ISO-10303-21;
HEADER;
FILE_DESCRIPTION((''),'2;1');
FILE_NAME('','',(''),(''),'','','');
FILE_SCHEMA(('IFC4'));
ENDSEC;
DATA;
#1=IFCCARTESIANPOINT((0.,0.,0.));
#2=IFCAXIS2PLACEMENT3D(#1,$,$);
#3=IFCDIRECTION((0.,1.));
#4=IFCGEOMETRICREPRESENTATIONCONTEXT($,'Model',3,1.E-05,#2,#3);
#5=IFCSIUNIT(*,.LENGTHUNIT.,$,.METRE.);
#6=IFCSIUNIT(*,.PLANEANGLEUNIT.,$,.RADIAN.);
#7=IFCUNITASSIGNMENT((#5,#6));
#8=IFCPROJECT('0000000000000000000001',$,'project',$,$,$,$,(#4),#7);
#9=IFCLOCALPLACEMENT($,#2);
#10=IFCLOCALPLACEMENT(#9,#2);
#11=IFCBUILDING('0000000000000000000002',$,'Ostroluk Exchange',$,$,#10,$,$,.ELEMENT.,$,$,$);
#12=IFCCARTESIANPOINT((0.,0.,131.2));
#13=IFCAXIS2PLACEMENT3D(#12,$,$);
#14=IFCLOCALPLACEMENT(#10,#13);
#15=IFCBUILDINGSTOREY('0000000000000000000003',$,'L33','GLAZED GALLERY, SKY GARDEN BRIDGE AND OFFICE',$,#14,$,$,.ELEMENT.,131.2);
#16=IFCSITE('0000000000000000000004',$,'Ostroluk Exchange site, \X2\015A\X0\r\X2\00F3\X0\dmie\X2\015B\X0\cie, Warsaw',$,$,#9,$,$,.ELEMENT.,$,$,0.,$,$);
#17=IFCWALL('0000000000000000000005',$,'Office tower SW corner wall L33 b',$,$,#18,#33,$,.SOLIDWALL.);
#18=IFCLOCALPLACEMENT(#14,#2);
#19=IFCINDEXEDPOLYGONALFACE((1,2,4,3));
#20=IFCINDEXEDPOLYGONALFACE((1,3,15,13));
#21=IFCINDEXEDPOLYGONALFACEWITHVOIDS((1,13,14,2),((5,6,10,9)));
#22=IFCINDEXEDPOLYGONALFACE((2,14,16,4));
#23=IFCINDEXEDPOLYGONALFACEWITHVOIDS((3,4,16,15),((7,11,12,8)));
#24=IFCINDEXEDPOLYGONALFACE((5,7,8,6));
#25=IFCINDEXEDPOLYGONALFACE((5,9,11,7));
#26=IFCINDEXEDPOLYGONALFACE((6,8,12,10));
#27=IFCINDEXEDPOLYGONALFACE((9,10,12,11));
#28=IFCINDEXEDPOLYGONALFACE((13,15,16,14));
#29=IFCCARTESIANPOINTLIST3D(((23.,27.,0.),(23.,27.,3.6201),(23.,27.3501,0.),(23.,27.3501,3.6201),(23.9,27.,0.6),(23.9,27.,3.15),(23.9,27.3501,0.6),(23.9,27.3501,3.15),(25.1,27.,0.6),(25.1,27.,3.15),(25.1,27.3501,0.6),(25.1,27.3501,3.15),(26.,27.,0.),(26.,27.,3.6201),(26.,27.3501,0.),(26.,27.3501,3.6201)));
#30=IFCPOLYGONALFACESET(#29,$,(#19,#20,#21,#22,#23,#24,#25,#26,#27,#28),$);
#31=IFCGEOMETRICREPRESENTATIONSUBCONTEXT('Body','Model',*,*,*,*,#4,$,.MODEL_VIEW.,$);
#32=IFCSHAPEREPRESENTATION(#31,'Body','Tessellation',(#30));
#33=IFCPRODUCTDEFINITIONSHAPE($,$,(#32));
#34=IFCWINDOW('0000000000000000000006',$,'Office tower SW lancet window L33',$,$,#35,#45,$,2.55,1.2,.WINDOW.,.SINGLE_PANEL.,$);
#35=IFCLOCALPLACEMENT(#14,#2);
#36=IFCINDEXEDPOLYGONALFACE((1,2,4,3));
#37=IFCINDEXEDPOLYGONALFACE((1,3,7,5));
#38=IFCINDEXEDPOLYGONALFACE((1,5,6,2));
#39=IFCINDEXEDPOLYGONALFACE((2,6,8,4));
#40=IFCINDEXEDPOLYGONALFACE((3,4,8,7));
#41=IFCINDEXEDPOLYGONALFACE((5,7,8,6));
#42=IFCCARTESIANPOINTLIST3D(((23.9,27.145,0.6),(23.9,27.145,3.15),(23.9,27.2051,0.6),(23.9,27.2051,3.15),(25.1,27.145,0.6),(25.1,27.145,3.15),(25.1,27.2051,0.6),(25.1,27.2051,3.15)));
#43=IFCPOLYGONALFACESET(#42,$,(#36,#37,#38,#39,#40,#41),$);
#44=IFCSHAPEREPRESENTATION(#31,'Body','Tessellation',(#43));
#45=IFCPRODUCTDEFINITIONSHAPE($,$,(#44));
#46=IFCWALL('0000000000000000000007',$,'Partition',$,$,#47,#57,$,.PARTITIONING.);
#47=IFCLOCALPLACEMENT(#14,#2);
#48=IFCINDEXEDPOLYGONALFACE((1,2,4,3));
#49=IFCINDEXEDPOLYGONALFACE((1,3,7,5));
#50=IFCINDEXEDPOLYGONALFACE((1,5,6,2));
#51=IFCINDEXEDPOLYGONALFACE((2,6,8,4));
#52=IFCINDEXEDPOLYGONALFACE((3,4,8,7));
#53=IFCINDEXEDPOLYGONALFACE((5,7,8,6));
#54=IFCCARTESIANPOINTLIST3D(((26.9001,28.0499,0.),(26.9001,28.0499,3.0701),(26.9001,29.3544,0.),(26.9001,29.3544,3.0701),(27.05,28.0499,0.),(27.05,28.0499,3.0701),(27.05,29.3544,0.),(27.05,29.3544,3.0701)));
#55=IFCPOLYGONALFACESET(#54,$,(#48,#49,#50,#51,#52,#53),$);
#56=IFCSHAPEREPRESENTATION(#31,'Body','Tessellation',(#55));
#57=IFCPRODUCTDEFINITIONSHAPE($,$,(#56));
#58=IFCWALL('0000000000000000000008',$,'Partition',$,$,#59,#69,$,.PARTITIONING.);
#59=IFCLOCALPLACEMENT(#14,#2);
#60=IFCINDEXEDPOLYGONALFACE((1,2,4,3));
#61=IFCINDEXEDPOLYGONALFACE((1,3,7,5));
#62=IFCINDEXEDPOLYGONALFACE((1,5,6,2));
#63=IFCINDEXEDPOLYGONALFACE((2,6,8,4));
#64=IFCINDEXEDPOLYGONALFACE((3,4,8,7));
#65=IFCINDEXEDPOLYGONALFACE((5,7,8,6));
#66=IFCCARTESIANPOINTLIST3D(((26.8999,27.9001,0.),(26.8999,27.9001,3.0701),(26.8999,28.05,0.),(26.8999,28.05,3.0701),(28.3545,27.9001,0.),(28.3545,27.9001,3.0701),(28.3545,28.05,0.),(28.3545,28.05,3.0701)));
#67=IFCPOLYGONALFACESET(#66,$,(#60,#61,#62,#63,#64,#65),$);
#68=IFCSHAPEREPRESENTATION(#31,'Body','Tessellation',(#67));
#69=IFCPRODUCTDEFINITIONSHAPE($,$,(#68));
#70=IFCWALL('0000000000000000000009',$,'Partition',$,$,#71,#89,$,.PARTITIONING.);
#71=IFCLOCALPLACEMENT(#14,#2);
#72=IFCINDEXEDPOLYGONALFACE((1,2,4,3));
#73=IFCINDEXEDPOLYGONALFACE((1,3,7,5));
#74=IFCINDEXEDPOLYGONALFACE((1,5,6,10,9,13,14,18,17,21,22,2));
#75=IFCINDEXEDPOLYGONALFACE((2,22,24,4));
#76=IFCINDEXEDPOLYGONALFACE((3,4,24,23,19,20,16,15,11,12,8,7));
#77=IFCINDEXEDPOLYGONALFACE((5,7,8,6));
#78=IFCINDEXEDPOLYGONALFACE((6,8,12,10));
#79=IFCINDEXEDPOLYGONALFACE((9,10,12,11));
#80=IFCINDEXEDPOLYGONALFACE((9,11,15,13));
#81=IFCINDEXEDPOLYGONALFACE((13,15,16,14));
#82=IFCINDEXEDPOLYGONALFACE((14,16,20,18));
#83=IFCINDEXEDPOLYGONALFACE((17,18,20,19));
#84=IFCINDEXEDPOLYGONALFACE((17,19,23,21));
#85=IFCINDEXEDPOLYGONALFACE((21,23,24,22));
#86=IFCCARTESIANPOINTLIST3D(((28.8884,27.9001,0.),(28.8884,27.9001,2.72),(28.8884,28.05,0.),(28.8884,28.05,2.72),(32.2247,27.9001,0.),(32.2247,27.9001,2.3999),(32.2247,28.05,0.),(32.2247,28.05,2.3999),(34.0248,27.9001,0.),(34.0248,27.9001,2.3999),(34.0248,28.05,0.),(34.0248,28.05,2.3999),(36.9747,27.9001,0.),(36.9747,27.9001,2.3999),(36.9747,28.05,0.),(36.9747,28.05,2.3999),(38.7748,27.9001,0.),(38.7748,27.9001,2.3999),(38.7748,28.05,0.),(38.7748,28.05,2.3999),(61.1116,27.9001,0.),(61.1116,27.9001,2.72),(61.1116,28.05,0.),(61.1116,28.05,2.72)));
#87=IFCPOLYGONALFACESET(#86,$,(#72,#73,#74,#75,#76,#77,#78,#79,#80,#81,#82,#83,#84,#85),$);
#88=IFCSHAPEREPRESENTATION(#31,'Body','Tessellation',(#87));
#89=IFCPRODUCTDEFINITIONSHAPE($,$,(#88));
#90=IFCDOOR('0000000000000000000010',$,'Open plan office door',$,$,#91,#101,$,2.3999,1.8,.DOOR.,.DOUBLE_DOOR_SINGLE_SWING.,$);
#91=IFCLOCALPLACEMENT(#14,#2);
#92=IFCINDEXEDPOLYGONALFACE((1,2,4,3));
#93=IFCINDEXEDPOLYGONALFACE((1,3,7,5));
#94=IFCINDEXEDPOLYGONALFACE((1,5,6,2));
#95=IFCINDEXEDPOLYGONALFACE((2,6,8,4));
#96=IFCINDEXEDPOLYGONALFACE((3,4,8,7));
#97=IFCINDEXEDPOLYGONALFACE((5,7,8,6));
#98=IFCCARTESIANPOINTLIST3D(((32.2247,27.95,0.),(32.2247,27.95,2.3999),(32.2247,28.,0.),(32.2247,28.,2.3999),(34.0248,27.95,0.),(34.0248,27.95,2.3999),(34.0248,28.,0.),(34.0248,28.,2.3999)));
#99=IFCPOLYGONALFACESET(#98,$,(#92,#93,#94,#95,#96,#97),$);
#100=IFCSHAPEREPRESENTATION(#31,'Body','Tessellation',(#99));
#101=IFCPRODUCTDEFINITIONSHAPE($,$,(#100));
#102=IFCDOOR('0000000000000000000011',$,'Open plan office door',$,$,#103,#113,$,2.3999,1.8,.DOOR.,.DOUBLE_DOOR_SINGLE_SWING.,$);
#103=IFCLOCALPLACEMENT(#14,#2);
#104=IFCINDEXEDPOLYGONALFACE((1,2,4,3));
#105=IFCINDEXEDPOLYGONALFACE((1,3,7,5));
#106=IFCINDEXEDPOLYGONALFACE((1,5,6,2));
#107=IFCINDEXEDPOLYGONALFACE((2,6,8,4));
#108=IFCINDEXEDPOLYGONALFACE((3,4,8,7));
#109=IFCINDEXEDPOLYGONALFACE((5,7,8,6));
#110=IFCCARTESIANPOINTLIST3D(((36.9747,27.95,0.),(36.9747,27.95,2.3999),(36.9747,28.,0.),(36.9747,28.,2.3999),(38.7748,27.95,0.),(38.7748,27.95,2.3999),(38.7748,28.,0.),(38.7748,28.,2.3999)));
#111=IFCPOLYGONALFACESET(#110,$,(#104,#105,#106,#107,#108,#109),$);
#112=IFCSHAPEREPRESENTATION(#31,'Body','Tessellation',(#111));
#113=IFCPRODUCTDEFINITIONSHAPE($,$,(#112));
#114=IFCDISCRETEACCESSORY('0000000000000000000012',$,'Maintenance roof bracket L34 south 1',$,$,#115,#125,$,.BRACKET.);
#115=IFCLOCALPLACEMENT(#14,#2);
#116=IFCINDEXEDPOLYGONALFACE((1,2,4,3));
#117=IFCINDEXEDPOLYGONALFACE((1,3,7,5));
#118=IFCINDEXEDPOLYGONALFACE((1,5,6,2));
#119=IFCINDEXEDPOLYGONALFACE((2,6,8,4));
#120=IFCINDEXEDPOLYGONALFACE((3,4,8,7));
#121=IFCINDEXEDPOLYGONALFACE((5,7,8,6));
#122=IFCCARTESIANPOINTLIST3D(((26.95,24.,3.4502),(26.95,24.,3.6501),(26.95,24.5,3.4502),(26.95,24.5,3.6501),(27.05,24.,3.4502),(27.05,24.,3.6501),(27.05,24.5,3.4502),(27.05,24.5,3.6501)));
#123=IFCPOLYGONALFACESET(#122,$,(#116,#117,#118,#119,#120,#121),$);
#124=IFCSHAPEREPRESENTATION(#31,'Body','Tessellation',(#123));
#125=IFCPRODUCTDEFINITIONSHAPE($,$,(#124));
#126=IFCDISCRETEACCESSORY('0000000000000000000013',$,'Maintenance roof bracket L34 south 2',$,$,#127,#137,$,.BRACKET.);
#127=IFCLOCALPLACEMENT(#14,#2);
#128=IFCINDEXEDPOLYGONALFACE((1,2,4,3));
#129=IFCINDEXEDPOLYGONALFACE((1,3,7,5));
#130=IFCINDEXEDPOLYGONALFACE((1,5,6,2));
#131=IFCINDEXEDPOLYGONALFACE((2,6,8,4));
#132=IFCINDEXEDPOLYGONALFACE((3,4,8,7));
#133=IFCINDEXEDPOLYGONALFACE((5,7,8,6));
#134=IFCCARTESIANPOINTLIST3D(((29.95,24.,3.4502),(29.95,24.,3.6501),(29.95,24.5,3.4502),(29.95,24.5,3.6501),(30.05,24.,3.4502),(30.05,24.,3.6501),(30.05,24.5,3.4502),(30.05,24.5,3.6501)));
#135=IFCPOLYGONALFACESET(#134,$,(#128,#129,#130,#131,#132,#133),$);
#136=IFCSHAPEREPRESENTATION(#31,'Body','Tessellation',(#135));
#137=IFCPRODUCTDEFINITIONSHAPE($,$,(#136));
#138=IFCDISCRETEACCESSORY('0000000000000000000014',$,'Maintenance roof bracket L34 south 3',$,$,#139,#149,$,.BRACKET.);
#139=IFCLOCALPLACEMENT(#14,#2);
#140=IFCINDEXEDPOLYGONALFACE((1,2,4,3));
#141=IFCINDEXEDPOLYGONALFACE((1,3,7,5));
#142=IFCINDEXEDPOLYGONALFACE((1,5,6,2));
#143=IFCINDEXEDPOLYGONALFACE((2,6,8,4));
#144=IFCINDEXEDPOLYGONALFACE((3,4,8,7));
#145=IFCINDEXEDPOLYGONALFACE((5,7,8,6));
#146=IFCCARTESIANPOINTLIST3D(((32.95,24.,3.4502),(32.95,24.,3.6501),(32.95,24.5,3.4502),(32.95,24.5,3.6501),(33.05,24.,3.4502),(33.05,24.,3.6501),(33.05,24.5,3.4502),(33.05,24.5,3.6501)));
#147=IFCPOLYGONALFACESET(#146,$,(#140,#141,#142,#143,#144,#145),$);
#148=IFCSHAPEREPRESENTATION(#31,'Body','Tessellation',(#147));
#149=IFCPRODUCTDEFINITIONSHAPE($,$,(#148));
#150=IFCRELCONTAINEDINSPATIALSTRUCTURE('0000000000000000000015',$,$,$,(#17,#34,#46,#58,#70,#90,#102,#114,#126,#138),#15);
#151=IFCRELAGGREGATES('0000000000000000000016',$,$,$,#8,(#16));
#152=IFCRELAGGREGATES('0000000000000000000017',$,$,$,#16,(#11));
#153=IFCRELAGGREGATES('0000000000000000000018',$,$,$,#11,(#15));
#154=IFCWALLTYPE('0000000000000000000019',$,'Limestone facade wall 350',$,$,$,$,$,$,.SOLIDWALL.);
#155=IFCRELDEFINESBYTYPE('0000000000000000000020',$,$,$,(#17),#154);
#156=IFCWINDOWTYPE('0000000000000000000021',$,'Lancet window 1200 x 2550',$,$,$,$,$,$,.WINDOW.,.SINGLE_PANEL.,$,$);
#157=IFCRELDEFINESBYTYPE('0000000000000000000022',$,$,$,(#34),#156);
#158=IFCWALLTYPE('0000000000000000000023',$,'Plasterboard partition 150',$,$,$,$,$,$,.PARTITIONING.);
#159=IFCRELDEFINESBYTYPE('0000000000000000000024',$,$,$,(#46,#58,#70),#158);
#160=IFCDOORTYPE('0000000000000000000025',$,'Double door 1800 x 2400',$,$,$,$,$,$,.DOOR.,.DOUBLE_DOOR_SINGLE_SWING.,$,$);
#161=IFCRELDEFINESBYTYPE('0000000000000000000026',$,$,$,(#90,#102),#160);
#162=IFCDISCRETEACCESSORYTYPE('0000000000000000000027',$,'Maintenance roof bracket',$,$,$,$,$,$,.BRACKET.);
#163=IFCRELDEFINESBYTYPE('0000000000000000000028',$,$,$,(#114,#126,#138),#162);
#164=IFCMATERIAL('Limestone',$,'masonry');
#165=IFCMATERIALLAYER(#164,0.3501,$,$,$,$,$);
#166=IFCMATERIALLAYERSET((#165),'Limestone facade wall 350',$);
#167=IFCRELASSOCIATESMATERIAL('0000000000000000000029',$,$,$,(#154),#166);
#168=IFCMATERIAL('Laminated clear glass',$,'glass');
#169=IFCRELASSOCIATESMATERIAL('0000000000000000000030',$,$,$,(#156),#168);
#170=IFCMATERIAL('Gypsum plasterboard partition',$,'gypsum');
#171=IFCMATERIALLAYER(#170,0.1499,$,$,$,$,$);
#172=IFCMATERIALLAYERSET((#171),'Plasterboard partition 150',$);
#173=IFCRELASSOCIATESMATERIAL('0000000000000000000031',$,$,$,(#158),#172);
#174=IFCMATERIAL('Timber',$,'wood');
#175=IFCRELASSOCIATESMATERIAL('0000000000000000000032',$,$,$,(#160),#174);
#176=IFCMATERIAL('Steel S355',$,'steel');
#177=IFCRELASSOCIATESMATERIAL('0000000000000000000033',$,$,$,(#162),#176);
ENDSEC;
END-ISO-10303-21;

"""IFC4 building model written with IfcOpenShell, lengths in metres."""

from ifc_helpers import new_model, si_unit, direction, frame, frame_2d, origin, origin_2d, place, context, subcontext, project, spatial, rectangle, extrude, material, layer, layer_set, type_object, element, fill, save


model = new_model("IFC4")

# Units and contexts
model_context = context("Model", 3, precision=1e-05, world=origin(), true_north=direction((0.0, 1.0)))
body_context = subcontext(model_context, "Body", "Model", "MODEL_VIEW")
ifc_project = project(units=[si_unit("LENGTHUNIT", "METRE"), si_unit("PLANEANGLEUNIT", "RADIAN")], contexts=[model_context])

# Site, building, storey
site_placement = place(None, origin())
site = spatial("IfcSite", under=ifc_project, at=site_placement, Name="Ostroluk Exchange site, Śródmieście, Warsaw", CompositionType="ELEMENT", RefElevation=0.0)
building_placement = place(site_placement, origin())
building = spatial("IfcBuilding", under=site, at=building_placement, Name="Ostroluk Exchange", CompositionType="ELEMENT")
storey_placement = place(building_placement, frame((0.0, 0.0, 131.2)))
storey = spatial("IfcBuildingStorey", under=building, at=storey_placement, Name="L33", Description="GLAZED GALLERY, SKY GARDEN BRIDGE AND OFFICE", CompositionType="ELEMENT", Elevation=131.2)

# Shared definitions
ifc_material_1 = material(Name="Limestone", Category="masonry")
ifc_layer_1 = layer(ifc_material_1, 0.3501)
ifc_layer_set_1 = layer_set([ifc_layer_1], Name="Limestone facade wall 350")
wall_type_1 = type_object("IfcWallType", Name="Limestone facade wall 350", PredefinedType="SOLIDWALL", material=ifc_layer_set_1)

# Wall, opening, window
wall_1_placement = place(storey_placement, frame((26.0, 27.175, 0.0), z_axis=(0.0, 0.0, 1.0), x_axis=(-1.0, 0.0, 0.0)))
wall_1 = element("IfcWall", 1, at=wall_1_placement, inside=storey, type_object=wall_type_1, Name="Office tower SW corner wall L33 b", PredefinedType="SOLIDWALL", context=body_context, shape_type="SweptSolid", body=[
    extrude(rectangle(XDim=3.0, YDim=0.3501, at=frame_2d((1.5, 0.0))), origin(), (0.0, 0.0, 1.0), 3.6201),
])
opening_1_placement = place(wall_1_placement, frame((0.8999, 0.0, 0.6001)))
opening_1 = element("IfcOpeningElement", 2, at=opening_1_placement, cuts=wall_1, PredefinedType="OPENING", context=body_context, shape_type="SweptSolid", body=[
    extrude(rectangle(XDim=1.2, YDim=2.55, at=frame_2d((0.6001, 1.2749))), frame((0.0, 0.1851, 0.0), z_axis=(0.0, -1.0, 0.0), x_axis=(1.0, 0.0, 0.0)), (0.0, 0.0, 1.0), 0.3701),
])
ifc_material_2 = material(Name="Laminated clear glass", Category="glass")
window_type = type_object("IfcWindowType", Name="Lancet window 1200 x 2550", PartitioningType="SINGLE_PANEL", PredefinedType="WINDOW", material=ifc_material_2)
window_placement = place(opening_1_placement, origin())
window = element("IfcWindow", 3, at=window_placement, inside=storey, type_object=window_type, Name="Office tower SW lancet window L33", OverallHeight=2.55, OverallWidth=1.2, PartitioningType="SINGLE_PANEL", PredefinedType="WINDOW", context=body_context, shape_type="SweptSolid", body=[
    extrude(rectangle(XDim=1.2, YDim=2.55, at=frame_2d((0.6001, 1.2749))), frame((0.0, 0.03, 0.0), z_axis=(0.0, -1.0, 0.0), x_axis=(1.0, 0.0, 0.0)), (0.0, 0.0, 1.0), 0.0601),
])
fill(opening_1, window)

# Walls
ifc_material_3 = material(Name="Gypsum plasterboard partition", Category="gypsum")
ifc_layer_2 = layer(ifc_material_3, 0.1499)
ifc_layer_set_2 = layer_set([ifc_layer_2], Name="Plasterboard partition 150")
wall_type_2 = type_object("IfcWallType", Name="Plasterboard partition 150", PredefinedType="PARTITIONING", material=ifc_layer_set_2)
wall_2_placement = place(storey_placement, frame((26.9751, 29.3545, 0.0), z_axis=(0.0, 0.0, 1.0), x_axis=(0.0, -1.0, 0.0)))
element("IfcWall", 4, at=wall_2_placement, inside=storey, type_object=wall_type_2, Name="Partition", PredefinedType="PARTITIONING", context=body_context, shape_type="SweptSolid", body=[
    extrude(rectangle(XDim=1.3044, YDim=0.1499, at=frame_2d((0.6523, 0.0))), origin(), (0.0, 0.0, 1.0), 3.0701),
])
wall_3_placement = place(storey_placement, frame((26.8999, 27.9751, 0.0), z_axis=(0.0, 0.0, 1.0), x_axis=(1.0, 0.0, 0.0)))
element("IfcWall", 5, at=wall_3_placement, inside=storey, type_object=wall_type_2, Name="Partition", PredefinedType="PARTITIONING", context=body_context, shape_type="SweptSolid", body=[
    extrude(rectangle(XDim=1.4546, YDim=0.1499, at=frame_2d((0.7273, 0.0))), origin(), (0.0, 0.0, 1.0), 3.0701),
])

# Wall, openings, doors
wall_4_placement = place(storey_placement, frame((28.8884, 27.9751, 0.0), z_axis=(0.0, 0.0, 1.0), x_axis=(1.0, 0.0, 0.0)))
wall_4 = element("IfcWall", 6, at=wall_4_placement, inside=storey, type_object=wall_type_2, Name="Partition", PredefinedType="PARTITIONING", context=body_context, shape_type="SweptSolid", body=[
    extrude(rectangle(XDim=32.2231, YDim=0.1499, at=frame_2d((16.1116, 0.0))), origin(), (0.0, 0.0, 1.0), 2.72),
])
opening_2_placement = place(wall_4_placement, frame((3.3364, 0.0, 0.0)))
opening_2 = element("IfcOpeningElement", 7, at=opening_2_placement, cuts=wall_4, PredefinedType="OPENING", context=body_context, shape_type="SweptSolid", body=[
    extrude(rectangle(XDim=1.8, YDim=2.3999, at=frame_2d((0.8999, 1.2))), frame((0.0, 0.085, 0.0), z_axis=(0.0, -1.0, 0.0), x_axis=(1.0, 0.0, 0.0)), (0.0, 0.0, 1.0), 0.1699),
])
opening_3_placement = place(wall_4_placement, frame((8.0864, 0.0, 0.0)))
opening_3 = element("IfcOpeningElement", 8, at=opening_3_placement, cuts=wall_4, PredefinedType="OPENING", context=body_context, shape_type="SweptSolid", body=[
    extrude(rectangle(XDim=1.8, YDim=2.3999, at=frame_2d((0.8999, 1.2))), frame((0.0, 0.085, 0.0), z_axis=(0.0, -1.0, 0.0), x_axis=(1.0, 0.0, 0.0)), (0.0, 0.0, 1.0), 0.1699),
])
ifc_material_4 = material(Name="Timber", Category="wood")
door_type_1 = type_object("IfcDoorType", Name="Double door 1800 x 2400", OperationType="DOUBLE_DOOR_SINGLE_SWING", PredefinedType="DOOR", material=ifc_material_4)
door_1_placement = place(opening_2_placement, origin())
door_1 = element("IfcDoor", 9, at=door_1_placement, inside=storey, type_object=door_type_1, Name="Open plan office door", OperationType="DOUBLE_DOOR_SINGLE_SWING", OverallHeight=2.3999, OverallWidth=1.8, PredefinedType="DOOR", context=body_context, shape_type="SweptSolid", body=[
    extrude(rectangle(XDim=1.8, YDim=2.3999, at=frame_2d((0.8999, 1.2))), frame((0.0, 0.0249, 0.0), z_axis=(0.0, -1.0, 0.0), x_axis=(1.0, 0.0, 0.0)), (0.0, 0.0, 1.0), 0.05),
])
fill(opening_2, door_1)
door_2_placement = place(opening_3_placement, origin())
door_2 = element("IfcDoor", 10, at=door_2_placement, inside=storey, type_object=door_type_1, Name="Open plan office door", OperationType="DOUBLE_DOOR_SINGLE_SWING", OverallHeight=2.3999, OverallWidth=1.8, PredefinedType="DOOR", context=body_context, shape_type="SweptSolid", body=[
    extrude(rectangle(XDim=1.8, YDim=2.3999, at=frame_2d((0.8999, 1.2))), frame((0.0, 0.0249, 0.0), z_axis=(0.0, -1.0, 0.0), x_axis=(1.0, 0.0, 0.0)), (0.0, 0.0, 1.0), 0.05),
])
fill(opening_3, door_2)

# Discrete accessories
ifc_material_5 = material(Name="Steel S355", Category="steel")
discrete_accessory_type = type_object("IfcDiscreteAccessoryType", Name="Maintenance roof bracket", PredefinedType="BRACKET", material=ifc_material_5)
for number, where, z_axis, x_axis, name in (
    (11, (27.0, 24.25, 3.4502), (0.0, 0.0, 1.0), (1.0, 0.0, 0.0), "Maintenance roof bracket L34 south 1"),
    (12, (30.0, 24.25, 3.4502), (0.0, 0.0, 1.0), (1.0, 0.0, 0.0), "Maintenance roof bracket L34 south 2"),
    (13, (33.0, 24.25, 3.4502), (0.0, 0.0, 1.0), (1.0, 0.0, 0.0), "Maintenance roof bracket L34 south 3"),
):
    element("IfcDiscreteAccessory", number, at=place(storey_placement, frame(where, z_axis=z_axis, x_axis=x_axis)), inside=storey, type_object=discrete_accessory_type, Name=name, PredefinedType="BRACKET", context=body_context, shape_type="SweptSolid", body=[
        extrude(rectangle(XDim=0.1001, YDim=0.5, at=origin_2d()), origin(), (0.0, 0.0, 1.0), 0.2),
    ])

save(model, "model.ifc")
